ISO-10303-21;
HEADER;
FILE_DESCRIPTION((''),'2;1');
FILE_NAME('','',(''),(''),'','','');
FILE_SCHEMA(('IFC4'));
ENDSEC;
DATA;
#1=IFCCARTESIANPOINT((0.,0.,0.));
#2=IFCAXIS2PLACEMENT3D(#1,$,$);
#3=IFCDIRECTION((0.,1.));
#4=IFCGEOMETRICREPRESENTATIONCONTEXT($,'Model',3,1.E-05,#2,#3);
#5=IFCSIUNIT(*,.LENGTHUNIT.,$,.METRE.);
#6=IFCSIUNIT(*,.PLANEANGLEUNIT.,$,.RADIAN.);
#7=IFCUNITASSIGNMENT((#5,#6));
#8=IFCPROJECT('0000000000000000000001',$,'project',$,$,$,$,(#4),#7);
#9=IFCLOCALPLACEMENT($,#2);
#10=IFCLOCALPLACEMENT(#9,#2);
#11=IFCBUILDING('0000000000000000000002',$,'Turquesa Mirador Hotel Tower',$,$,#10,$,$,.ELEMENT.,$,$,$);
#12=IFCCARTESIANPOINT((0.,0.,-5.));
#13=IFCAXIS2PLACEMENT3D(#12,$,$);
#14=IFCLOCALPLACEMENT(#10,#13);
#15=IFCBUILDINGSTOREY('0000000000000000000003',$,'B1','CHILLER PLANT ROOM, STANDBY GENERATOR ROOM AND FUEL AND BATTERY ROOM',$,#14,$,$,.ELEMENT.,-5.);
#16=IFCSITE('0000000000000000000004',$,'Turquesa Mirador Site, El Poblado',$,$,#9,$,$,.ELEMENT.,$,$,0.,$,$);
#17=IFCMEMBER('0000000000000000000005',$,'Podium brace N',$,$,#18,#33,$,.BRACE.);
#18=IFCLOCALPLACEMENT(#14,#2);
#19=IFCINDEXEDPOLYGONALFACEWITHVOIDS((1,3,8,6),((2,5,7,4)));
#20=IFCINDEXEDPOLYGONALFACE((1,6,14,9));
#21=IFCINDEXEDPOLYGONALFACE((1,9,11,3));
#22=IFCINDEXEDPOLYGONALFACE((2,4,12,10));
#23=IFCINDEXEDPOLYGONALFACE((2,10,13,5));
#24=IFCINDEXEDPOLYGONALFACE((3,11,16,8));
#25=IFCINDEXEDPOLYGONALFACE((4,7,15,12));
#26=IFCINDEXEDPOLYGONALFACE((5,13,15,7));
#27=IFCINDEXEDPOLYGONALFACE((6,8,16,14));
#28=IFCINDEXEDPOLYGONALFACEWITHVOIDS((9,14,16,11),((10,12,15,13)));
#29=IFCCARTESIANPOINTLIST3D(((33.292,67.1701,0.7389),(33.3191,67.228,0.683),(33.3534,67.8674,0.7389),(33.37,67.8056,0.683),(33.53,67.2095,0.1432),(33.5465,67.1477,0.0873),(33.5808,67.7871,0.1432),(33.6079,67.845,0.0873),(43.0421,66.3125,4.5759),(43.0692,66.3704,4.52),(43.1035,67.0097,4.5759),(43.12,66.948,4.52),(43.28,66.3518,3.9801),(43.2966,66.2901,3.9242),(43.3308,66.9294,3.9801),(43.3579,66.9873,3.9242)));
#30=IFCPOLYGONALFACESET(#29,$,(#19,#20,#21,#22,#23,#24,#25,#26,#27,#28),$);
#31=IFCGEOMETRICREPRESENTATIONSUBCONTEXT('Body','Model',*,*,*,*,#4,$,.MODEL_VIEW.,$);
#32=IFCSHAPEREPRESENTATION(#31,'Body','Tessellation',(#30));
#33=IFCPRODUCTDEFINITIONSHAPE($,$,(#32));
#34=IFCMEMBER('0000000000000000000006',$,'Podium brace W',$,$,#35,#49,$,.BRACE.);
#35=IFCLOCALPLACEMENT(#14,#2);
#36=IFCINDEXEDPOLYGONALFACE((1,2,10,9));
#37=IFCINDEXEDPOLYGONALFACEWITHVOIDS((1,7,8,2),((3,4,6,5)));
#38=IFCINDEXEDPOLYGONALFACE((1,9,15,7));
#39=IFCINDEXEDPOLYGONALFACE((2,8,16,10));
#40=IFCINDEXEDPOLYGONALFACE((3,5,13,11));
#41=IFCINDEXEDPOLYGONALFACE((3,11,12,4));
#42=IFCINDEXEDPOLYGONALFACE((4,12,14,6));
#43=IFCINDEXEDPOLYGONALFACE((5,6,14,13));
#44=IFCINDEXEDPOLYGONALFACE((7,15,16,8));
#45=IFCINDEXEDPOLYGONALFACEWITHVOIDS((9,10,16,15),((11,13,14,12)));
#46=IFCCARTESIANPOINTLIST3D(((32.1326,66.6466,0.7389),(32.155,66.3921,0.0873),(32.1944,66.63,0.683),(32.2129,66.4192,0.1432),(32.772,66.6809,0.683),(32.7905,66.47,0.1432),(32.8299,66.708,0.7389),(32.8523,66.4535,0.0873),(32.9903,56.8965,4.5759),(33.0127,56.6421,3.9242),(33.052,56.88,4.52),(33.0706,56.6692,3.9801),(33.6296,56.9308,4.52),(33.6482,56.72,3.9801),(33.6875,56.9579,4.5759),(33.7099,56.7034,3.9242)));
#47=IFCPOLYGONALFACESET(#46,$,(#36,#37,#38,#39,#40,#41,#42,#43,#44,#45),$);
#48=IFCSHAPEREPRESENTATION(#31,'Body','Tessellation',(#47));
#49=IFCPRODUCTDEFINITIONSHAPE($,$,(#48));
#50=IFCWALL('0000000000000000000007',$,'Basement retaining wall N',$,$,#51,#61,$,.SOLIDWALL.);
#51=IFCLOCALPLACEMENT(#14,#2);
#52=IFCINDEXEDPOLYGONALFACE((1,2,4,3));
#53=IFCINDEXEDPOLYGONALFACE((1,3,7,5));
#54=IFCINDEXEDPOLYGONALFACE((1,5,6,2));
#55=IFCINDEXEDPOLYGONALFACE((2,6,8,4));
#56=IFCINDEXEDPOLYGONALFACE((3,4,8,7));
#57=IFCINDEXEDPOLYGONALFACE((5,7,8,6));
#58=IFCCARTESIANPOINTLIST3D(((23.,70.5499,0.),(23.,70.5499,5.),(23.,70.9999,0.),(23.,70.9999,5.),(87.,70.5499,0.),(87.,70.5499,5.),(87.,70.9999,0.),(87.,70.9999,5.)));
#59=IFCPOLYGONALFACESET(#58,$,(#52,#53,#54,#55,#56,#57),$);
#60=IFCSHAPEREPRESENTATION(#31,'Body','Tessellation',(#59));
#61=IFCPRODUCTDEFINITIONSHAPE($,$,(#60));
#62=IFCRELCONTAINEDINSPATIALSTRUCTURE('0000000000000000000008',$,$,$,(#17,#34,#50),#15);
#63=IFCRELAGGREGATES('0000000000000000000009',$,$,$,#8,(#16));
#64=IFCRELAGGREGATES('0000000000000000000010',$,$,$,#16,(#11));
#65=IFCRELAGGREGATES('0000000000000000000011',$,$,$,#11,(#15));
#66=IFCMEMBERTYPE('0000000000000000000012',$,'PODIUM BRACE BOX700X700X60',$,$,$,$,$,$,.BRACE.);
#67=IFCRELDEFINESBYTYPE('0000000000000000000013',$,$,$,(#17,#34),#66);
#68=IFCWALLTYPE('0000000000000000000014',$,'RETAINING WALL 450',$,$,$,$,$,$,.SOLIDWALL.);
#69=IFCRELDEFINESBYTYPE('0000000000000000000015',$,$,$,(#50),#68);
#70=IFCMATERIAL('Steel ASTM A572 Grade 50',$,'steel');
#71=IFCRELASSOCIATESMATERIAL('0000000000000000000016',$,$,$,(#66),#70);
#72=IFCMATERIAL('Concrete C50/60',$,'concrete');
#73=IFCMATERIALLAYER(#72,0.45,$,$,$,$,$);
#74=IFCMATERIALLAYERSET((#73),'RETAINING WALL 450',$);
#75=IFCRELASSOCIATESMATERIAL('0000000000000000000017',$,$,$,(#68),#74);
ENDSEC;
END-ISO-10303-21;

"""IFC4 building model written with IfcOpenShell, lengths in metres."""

from ifc_helpers import new_model, si_unit, direction, frame, frame_2d, origin, origin_2d, place, context, subcontext, project, spatial, rectangle, hollow_rectangle, extrude, material, layer, layer_set, material_profile, profile_set, type_object, element, save


model = new_model("IFC4")

# Units and contexts
model_context = context("Model", 3, precision=1e-05, world=origin(), true_north=direction((0.0, 1.0)))
body_context = subcontext(model_context, "Body", "Model", "MODEL_VIEW")
ifc_project = project(units=[si_unit("LENGTHUNIT", "METRE"), si_unit("PLANEANGLEUNIT", "RADIAN")], contexts=[model_context])

# Site, building, storey
site_placement = place(None, origin())
site = spatial("IfcSite", under=ifc_project, at=site_placement, Name="Turquesa Mirador Site, El Poblado", CompositionType="ELEMENT", RefElevation=0.0)
building_placement = place(site_placement, origin())
building = spatial("IfcBuilding", under=site, at=building_placement, Name="Turquesa Mirador Hotel Tower", CompositionType="ELEMENT")
storey_placement = place(building_placement, frame((0.0, 0.0, -5.0)))
storey = spatial("IfcBuildingStorey", under=building, at=storey_placement, Name="B1", Description="CHILLER PLANT ROOM, STANDBY GENERATOR ROOM AND FUEL AND BATTERY ROOM", CompositionType="ELEMENT", Elevation=-5.0)

# Members
ifc_material_1 = material(Name="Steel ASTM A572 Grade 50", Category="steel")
ifc_material_profile_1 = material_profile(ifc_material_1, hollow_rectangle(XDim=0.7, YDim=0.7, WallThickness=0.0601, at=origin_2d()), Name="BOX700X700X60")
ifc_profile_set_1 = profile_set([ifc_material_profile_1], Name="Steel ASTM A572 Grade 50")
member_type = type_object("IfcMemberType", Name="PODIUM BRACE BOX700X700X60", PredefinedType="BRACE", material=ifc_profile_set_1)
for number, where, z_axis, x_axis, name in (
    (1, (33.45, 67.5076, 0.4131), (0.927436, -0.081583, 0.364974), (0.087627, 0.996153, 0.0), "Podium brace N"),
    (2, (32.4924, 66.55, 0.4131), (0.081583, -0.927436, 0.364974), (0.996153, 0.087627, 0.0), "Podium brace W"),
):
    element("IfcMember", number, at=place(storey_placement, frame(where, z_axis=z_axis, x_axis=x_axis)), inside=storey, type_object=member_type, Name=name, PredefinedType="BRACE", context=body_context, shape_type="SweptSolid", body=[
        extrude(hollow_rectangle(XDim=0.7, YDim=0.7, WallThickness=0.0601, at=origin_2d()), origin(), (0.0, 0.0, 1.0), 10.5129),
    ])

# Wall
ifc_material_2 = material(Name="Concrete C50/60", Category="concrete")
ifc_layer_1 = layer(ifc_material_2, 0.45)
ifc_layer_set_1 = layer_set([ifc_layer_1], Name="RETAINING WALL 450")
wall_type = type_object("IfcWallType", Name="RETAINING WALL 450", PredefinedType="SOLIDWALL", material=ifc_layer_set_1)
wall_placement = place(storey_placement, frame((23.0, 70.7749, 0.0), z_axis=(0.0, 0.0, 1.0), x_axis=(1.0, 0.0, 0.0)))
element("IfcWall", 3, at=wall_placement, inside=storey, type_object=wall_type, Name="Basement retaining wall N", PredefinedType="SOLIDWALL", context=body_context, shape_type="SweptSolid", body=[
    extrude(rectangle(XDim=64.0, YDim=0.45, at=frame_2d((32.0, 0.0))), origin(), (0.0, 0.0, 1.0), 5.0),
])

save(model, "model.ifc")
